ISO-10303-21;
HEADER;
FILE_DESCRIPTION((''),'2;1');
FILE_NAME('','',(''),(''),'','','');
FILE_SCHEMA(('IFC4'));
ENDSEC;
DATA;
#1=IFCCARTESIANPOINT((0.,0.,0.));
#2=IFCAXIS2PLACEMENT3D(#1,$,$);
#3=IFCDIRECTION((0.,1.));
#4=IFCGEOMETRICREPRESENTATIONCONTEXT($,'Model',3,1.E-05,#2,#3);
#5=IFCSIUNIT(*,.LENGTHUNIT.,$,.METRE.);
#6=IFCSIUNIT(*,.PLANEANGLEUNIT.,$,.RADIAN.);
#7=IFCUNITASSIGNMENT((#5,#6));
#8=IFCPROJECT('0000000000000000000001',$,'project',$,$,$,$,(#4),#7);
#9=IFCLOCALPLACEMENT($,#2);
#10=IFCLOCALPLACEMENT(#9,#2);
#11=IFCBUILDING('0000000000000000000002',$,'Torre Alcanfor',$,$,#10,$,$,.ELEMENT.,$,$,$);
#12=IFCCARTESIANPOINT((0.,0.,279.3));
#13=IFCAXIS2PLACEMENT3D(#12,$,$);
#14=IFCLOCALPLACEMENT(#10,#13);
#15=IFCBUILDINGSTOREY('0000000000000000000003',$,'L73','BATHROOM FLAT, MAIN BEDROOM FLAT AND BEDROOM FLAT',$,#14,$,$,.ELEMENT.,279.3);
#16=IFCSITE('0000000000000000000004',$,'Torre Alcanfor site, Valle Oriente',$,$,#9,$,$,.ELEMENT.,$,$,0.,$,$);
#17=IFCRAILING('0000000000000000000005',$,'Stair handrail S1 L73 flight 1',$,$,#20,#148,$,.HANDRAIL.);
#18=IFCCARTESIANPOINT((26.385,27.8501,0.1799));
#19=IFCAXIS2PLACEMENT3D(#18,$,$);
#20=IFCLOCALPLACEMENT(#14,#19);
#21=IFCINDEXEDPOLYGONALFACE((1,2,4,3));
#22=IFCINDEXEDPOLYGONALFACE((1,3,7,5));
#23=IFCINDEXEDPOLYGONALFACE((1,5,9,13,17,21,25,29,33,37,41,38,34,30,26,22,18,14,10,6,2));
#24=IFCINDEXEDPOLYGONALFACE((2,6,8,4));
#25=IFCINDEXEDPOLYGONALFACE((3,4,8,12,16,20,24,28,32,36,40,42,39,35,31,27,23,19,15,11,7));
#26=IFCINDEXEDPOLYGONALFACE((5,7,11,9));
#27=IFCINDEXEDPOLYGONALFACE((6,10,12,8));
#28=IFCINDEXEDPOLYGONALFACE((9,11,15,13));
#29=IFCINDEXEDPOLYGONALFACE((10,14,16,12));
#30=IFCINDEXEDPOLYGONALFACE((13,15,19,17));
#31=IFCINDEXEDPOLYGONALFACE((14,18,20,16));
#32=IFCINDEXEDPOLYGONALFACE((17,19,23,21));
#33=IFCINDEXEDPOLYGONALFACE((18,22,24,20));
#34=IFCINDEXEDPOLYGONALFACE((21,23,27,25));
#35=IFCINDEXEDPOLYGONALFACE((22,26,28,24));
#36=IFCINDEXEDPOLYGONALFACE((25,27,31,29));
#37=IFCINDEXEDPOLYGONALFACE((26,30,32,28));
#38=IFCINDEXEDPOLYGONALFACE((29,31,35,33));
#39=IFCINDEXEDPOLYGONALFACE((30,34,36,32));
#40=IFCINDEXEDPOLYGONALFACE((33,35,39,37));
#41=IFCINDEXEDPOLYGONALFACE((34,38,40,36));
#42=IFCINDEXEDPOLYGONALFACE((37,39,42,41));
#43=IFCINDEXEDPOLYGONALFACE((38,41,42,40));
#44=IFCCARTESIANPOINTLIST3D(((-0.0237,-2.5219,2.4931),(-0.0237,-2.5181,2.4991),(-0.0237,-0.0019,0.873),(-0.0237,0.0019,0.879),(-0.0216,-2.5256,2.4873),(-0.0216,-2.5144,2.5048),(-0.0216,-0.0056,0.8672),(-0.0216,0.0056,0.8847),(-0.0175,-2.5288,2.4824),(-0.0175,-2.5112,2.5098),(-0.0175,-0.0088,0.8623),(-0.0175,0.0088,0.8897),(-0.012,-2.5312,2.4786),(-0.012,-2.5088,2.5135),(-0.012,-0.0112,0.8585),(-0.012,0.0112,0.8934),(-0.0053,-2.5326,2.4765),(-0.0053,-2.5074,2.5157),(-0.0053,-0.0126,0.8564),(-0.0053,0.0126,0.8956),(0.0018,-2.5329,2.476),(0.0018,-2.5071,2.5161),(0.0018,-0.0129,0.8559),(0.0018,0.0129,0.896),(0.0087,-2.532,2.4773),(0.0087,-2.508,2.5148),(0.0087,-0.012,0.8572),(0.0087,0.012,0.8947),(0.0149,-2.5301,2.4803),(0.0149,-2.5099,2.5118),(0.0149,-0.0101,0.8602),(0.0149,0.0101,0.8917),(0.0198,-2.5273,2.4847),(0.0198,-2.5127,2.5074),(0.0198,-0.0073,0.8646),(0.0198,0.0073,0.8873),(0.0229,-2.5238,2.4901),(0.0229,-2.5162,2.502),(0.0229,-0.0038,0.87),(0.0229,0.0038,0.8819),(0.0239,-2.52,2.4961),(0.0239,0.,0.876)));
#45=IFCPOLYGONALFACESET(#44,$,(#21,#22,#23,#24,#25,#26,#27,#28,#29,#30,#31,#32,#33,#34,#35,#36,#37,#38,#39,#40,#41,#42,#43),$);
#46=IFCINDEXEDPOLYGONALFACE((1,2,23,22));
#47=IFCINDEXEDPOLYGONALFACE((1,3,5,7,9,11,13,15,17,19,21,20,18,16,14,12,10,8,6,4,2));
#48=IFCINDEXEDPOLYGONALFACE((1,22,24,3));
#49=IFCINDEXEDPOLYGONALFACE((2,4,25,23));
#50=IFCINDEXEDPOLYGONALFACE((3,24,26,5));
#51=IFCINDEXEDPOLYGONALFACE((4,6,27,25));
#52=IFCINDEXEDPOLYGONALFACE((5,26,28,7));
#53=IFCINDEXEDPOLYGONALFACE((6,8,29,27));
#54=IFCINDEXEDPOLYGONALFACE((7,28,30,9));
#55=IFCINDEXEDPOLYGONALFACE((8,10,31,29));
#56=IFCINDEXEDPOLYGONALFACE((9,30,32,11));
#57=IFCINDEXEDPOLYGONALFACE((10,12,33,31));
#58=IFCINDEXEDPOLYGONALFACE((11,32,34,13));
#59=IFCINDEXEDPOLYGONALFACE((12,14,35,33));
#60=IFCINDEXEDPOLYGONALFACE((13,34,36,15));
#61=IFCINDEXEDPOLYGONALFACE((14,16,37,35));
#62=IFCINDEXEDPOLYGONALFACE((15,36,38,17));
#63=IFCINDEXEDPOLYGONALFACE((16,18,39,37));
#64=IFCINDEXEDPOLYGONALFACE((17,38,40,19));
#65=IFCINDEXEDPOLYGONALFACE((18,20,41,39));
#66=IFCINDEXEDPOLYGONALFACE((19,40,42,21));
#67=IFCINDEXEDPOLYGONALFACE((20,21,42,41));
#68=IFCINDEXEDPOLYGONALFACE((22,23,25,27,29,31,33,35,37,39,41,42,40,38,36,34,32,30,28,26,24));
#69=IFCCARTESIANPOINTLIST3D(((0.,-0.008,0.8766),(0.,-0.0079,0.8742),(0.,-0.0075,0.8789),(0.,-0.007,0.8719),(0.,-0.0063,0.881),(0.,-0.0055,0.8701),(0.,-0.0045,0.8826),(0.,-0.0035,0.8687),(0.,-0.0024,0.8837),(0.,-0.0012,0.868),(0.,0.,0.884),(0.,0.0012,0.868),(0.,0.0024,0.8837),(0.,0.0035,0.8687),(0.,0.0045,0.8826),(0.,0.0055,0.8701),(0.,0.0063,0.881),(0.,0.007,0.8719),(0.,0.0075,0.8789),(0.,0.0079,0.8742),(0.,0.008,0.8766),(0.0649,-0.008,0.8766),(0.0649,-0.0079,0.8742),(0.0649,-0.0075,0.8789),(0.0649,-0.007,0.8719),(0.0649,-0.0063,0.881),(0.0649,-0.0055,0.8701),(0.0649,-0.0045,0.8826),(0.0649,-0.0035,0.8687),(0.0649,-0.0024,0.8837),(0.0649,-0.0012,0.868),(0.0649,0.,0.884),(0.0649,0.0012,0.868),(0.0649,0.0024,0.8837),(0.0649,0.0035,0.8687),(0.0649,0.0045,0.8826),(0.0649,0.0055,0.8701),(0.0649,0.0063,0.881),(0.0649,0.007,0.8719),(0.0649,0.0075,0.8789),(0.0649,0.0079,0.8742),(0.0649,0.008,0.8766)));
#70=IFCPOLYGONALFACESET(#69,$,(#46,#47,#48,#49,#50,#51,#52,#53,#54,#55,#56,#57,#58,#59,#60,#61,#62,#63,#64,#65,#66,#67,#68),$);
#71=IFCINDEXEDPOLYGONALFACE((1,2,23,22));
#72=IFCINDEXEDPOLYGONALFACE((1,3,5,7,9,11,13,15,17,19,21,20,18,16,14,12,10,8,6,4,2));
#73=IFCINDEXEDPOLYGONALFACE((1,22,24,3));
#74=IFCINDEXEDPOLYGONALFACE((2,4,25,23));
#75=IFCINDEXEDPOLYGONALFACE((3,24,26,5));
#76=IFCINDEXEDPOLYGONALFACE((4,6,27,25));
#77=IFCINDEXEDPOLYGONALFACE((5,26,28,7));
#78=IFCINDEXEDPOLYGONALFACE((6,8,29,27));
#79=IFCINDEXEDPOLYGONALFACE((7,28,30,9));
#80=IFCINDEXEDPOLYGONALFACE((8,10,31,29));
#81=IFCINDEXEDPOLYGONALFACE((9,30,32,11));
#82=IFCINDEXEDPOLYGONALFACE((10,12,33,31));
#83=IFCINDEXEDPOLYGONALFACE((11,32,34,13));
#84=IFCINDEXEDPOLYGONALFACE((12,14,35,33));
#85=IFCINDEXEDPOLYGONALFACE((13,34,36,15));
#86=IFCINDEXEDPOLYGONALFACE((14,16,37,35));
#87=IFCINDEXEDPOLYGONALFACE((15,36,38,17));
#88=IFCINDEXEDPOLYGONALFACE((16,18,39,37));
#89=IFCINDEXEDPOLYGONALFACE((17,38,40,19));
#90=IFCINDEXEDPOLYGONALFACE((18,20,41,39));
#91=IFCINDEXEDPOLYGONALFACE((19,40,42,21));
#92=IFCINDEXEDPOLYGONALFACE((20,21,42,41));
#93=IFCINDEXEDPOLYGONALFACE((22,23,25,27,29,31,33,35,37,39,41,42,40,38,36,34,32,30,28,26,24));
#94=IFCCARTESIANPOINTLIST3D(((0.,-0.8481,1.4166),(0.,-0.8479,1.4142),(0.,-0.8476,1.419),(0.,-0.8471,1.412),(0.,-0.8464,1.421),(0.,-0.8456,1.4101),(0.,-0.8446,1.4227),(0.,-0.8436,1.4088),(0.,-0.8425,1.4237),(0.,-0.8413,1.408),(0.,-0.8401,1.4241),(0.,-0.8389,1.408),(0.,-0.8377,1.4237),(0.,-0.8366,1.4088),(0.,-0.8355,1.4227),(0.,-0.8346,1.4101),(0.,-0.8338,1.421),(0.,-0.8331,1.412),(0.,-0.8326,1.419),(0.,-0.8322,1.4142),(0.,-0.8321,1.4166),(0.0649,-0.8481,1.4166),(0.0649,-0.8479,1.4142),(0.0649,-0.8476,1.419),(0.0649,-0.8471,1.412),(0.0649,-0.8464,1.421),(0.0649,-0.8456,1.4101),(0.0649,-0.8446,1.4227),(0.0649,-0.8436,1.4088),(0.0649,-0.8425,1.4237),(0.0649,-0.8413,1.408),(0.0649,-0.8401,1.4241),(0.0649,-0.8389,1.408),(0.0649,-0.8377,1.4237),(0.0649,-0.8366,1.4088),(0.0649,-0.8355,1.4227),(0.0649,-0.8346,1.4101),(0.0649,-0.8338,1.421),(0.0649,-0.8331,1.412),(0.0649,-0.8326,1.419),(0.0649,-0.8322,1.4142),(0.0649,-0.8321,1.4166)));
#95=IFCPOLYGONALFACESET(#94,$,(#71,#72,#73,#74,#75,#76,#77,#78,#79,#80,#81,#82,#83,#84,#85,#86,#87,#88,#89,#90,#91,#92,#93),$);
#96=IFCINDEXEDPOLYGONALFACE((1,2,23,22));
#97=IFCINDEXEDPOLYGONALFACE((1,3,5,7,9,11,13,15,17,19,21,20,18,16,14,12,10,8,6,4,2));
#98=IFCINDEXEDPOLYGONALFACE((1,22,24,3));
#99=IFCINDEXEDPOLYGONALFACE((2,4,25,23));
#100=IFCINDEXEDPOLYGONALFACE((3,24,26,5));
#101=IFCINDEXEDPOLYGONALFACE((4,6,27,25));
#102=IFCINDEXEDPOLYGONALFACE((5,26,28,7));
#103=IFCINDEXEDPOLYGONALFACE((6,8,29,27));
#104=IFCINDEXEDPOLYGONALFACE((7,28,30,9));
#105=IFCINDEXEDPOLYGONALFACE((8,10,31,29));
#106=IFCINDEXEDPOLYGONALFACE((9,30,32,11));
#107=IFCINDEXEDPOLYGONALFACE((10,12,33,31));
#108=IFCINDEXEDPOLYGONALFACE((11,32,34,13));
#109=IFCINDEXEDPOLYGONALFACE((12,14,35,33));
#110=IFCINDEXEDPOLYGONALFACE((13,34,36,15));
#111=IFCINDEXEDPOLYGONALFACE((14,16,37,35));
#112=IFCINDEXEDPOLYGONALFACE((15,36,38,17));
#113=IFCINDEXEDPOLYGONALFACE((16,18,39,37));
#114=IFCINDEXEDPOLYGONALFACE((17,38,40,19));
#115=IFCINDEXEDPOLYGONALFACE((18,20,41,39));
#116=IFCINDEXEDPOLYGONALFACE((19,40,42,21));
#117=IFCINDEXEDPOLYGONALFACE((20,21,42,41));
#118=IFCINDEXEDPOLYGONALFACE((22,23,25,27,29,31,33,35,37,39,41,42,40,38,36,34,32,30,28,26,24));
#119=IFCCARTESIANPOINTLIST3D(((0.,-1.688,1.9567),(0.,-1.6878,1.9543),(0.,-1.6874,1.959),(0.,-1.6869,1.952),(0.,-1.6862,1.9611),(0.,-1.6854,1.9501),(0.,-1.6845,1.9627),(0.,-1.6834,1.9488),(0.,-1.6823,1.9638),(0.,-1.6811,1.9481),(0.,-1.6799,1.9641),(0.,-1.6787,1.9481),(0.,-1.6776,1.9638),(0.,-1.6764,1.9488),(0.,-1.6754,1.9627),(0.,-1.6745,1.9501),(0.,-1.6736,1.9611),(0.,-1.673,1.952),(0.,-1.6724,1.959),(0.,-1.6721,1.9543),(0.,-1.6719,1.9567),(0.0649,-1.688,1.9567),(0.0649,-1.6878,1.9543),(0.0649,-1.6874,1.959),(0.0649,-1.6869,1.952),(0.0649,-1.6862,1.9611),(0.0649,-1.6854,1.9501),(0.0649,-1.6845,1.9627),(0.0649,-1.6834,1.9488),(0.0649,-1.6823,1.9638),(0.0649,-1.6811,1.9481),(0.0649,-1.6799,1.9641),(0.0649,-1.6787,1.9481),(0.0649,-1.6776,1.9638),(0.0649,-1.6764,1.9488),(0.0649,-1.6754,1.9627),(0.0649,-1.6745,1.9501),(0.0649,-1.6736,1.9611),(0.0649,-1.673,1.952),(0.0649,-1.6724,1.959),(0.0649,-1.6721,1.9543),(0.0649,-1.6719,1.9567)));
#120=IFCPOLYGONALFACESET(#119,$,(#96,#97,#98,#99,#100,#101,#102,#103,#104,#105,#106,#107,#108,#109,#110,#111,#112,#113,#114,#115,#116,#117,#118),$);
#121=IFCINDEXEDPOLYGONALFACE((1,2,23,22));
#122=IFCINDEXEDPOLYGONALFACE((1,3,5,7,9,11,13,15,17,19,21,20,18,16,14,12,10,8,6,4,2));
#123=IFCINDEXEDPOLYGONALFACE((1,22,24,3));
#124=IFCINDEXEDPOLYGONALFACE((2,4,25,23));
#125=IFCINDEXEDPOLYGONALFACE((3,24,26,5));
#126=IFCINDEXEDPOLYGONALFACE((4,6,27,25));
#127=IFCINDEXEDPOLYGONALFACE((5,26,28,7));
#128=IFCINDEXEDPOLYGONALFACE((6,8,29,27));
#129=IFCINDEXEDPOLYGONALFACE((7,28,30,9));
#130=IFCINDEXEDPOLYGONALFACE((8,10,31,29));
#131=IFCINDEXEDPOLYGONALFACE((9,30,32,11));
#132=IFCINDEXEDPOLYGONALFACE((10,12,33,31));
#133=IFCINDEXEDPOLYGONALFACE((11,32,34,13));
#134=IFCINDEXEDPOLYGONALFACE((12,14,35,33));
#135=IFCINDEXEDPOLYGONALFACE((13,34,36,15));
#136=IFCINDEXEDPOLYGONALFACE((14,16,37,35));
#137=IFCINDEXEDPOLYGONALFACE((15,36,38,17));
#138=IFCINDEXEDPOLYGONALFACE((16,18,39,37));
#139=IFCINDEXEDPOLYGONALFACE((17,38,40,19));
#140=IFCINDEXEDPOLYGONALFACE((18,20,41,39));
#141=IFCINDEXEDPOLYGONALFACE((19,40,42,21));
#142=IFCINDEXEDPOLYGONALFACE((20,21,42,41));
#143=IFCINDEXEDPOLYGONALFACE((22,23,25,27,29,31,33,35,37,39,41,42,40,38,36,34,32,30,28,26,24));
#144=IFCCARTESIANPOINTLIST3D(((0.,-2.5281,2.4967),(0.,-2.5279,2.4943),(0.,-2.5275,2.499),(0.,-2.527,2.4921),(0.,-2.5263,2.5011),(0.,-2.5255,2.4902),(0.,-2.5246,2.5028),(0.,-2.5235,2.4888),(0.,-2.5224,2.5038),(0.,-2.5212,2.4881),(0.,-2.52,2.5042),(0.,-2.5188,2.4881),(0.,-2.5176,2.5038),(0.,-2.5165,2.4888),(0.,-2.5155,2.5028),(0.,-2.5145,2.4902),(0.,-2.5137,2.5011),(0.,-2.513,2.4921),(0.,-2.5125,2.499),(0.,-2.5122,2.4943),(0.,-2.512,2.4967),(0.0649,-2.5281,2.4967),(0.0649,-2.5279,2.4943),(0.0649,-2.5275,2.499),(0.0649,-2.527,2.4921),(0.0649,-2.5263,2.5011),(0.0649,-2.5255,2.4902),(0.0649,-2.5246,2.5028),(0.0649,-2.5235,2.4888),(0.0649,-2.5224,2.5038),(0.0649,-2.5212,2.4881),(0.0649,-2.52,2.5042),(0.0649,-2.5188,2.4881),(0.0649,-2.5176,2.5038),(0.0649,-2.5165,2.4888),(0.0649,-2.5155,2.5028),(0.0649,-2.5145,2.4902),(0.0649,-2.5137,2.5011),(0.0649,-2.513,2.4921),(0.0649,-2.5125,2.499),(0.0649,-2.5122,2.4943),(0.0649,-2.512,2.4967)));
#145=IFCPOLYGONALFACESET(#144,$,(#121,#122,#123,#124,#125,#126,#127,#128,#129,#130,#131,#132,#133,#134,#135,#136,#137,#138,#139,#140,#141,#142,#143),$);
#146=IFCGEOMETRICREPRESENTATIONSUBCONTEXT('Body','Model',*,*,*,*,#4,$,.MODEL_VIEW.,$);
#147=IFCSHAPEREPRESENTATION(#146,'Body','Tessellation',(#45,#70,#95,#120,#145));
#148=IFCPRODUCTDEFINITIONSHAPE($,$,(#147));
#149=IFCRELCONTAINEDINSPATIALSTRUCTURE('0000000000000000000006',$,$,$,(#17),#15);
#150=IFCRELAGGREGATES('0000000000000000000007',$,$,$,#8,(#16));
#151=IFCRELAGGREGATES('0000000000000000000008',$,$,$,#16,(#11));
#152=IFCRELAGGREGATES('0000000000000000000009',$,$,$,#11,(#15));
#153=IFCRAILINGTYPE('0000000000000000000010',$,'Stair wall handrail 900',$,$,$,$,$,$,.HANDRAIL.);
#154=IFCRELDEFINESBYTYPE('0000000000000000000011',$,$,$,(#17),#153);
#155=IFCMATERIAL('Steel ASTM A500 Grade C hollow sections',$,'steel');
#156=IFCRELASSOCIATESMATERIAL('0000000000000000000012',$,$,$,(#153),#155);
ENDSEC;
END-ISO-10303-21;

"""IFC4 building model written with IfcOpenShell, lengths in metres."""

from ifc_helpers import new_model, si_unit, direction, frame, origin, origin_2d, place, context, subcontext, project, spatial, circle, extrude, material, type_object, element, save


model = new_model("IFC4")

# Units and contexts
model_context = context("Model", 3, precision=1e-05, world=origin(), true_north=direction((0.0, 1.0)))
body_context = subcontext(model_context, "Body", "Model", "MODEL_VIEW")
ifc_project = project(units=[si_unit("LENGTHUNIT", "METRE"), si_unit("PLANEANGLEUNIT", "RADIAN")], contexts=[model_context])

# Site, building, storey
site_placement = place(None, origin())
site = spatial("IfcSite", under=ifc_project, at=site_placement, Name="Torre Alcanfor site, Valle Oriente", CompositionType="ELEMENT", RefElevation=0.0)
building_placement = place(site_placement, origin())
building = spatial("IfcBuilding", under=site, at=building_placement, Name="Torre Alcanfor", CompositionType="ELEMENT")
storey_placement = place(building_placement, frame((0.0, 0.0, 279.3)))
storey = spatial("IfcBuildingStorey", under=building, at=storey_placement, Name="L73", Description="BATHROOM FLAT, MAIN BEDROOM FLAT AND BEDROOM FLAT", CompositionType="ELEMENT", Elevation=279.3)

# Railing
ifc_material_1 = material(Name="Steel ASTM A500 Grade C hollow sections", Category="steel")
railing_type_1 = type_object("IfcRailingType", Name="Stair wall handrail 900", PredefinedType="HANDRAIL", material=ifc_material_1)
railing_1_placement = place(storey_placement, frame((26.385, 27.8501, 0.1799)))
element("IfcRailing", 1, at=railing_1_placement, inside=storey, type_object=railing_type_1, Name="Stair handrail S1 L73 flight 1", PredefinedType="HANDRAIL", context=body_context, shape_type="SweptSolid", body=[
    extrude(circle(Radius=0.0239, at=origin_2d()), frame((0.0, 0.0, 0.876), z_axis=(0.0, -0.841163, 0.540782), x_axis=(1.0, 0.0, 0.0)), (0.0, 0.0, 1.0), 2.9958),
    extrude(circle(Radius=0.0081, at=origin_2d()), frame((0.0, 0.0, 0.876), z_axis=(1.0, 0.0, 0.0), x_axis=(0.0, 0.0, 1.0)), (0.0, 0.0, 1.0), 0.0649),
    extrude(circle(Radius=0.0081, at=origin_2d()), frame((0.0, -0.8401, 1.416), z_axis=(1.0, 0.0, 0.0), x_axis=(0.0, 0.0, 1.0)), (0.0, 0.0, 1.0), 0.0649),
    extrude(circle(Radius=0.0081, at=origin_2d()), frame((0.0, -1.6799, 1.9561), z_axis=(1.0, 0.0, 0.0), x_axis=(0.0, 0.0, 1.0)), (0.0, 0.0, 1.0), 0.0649),
    extrude(circle(Radius=0.0081, at=origin_2d()), frame((0.0, -2.52, 2.4961), z_axis=(1.0, 0.0, 0.0), x_axis=(0.0, 0.0, 1.0)), (0.0, 0.0, 1.0), 0.0649),
])

save(model, "model.ifc")
